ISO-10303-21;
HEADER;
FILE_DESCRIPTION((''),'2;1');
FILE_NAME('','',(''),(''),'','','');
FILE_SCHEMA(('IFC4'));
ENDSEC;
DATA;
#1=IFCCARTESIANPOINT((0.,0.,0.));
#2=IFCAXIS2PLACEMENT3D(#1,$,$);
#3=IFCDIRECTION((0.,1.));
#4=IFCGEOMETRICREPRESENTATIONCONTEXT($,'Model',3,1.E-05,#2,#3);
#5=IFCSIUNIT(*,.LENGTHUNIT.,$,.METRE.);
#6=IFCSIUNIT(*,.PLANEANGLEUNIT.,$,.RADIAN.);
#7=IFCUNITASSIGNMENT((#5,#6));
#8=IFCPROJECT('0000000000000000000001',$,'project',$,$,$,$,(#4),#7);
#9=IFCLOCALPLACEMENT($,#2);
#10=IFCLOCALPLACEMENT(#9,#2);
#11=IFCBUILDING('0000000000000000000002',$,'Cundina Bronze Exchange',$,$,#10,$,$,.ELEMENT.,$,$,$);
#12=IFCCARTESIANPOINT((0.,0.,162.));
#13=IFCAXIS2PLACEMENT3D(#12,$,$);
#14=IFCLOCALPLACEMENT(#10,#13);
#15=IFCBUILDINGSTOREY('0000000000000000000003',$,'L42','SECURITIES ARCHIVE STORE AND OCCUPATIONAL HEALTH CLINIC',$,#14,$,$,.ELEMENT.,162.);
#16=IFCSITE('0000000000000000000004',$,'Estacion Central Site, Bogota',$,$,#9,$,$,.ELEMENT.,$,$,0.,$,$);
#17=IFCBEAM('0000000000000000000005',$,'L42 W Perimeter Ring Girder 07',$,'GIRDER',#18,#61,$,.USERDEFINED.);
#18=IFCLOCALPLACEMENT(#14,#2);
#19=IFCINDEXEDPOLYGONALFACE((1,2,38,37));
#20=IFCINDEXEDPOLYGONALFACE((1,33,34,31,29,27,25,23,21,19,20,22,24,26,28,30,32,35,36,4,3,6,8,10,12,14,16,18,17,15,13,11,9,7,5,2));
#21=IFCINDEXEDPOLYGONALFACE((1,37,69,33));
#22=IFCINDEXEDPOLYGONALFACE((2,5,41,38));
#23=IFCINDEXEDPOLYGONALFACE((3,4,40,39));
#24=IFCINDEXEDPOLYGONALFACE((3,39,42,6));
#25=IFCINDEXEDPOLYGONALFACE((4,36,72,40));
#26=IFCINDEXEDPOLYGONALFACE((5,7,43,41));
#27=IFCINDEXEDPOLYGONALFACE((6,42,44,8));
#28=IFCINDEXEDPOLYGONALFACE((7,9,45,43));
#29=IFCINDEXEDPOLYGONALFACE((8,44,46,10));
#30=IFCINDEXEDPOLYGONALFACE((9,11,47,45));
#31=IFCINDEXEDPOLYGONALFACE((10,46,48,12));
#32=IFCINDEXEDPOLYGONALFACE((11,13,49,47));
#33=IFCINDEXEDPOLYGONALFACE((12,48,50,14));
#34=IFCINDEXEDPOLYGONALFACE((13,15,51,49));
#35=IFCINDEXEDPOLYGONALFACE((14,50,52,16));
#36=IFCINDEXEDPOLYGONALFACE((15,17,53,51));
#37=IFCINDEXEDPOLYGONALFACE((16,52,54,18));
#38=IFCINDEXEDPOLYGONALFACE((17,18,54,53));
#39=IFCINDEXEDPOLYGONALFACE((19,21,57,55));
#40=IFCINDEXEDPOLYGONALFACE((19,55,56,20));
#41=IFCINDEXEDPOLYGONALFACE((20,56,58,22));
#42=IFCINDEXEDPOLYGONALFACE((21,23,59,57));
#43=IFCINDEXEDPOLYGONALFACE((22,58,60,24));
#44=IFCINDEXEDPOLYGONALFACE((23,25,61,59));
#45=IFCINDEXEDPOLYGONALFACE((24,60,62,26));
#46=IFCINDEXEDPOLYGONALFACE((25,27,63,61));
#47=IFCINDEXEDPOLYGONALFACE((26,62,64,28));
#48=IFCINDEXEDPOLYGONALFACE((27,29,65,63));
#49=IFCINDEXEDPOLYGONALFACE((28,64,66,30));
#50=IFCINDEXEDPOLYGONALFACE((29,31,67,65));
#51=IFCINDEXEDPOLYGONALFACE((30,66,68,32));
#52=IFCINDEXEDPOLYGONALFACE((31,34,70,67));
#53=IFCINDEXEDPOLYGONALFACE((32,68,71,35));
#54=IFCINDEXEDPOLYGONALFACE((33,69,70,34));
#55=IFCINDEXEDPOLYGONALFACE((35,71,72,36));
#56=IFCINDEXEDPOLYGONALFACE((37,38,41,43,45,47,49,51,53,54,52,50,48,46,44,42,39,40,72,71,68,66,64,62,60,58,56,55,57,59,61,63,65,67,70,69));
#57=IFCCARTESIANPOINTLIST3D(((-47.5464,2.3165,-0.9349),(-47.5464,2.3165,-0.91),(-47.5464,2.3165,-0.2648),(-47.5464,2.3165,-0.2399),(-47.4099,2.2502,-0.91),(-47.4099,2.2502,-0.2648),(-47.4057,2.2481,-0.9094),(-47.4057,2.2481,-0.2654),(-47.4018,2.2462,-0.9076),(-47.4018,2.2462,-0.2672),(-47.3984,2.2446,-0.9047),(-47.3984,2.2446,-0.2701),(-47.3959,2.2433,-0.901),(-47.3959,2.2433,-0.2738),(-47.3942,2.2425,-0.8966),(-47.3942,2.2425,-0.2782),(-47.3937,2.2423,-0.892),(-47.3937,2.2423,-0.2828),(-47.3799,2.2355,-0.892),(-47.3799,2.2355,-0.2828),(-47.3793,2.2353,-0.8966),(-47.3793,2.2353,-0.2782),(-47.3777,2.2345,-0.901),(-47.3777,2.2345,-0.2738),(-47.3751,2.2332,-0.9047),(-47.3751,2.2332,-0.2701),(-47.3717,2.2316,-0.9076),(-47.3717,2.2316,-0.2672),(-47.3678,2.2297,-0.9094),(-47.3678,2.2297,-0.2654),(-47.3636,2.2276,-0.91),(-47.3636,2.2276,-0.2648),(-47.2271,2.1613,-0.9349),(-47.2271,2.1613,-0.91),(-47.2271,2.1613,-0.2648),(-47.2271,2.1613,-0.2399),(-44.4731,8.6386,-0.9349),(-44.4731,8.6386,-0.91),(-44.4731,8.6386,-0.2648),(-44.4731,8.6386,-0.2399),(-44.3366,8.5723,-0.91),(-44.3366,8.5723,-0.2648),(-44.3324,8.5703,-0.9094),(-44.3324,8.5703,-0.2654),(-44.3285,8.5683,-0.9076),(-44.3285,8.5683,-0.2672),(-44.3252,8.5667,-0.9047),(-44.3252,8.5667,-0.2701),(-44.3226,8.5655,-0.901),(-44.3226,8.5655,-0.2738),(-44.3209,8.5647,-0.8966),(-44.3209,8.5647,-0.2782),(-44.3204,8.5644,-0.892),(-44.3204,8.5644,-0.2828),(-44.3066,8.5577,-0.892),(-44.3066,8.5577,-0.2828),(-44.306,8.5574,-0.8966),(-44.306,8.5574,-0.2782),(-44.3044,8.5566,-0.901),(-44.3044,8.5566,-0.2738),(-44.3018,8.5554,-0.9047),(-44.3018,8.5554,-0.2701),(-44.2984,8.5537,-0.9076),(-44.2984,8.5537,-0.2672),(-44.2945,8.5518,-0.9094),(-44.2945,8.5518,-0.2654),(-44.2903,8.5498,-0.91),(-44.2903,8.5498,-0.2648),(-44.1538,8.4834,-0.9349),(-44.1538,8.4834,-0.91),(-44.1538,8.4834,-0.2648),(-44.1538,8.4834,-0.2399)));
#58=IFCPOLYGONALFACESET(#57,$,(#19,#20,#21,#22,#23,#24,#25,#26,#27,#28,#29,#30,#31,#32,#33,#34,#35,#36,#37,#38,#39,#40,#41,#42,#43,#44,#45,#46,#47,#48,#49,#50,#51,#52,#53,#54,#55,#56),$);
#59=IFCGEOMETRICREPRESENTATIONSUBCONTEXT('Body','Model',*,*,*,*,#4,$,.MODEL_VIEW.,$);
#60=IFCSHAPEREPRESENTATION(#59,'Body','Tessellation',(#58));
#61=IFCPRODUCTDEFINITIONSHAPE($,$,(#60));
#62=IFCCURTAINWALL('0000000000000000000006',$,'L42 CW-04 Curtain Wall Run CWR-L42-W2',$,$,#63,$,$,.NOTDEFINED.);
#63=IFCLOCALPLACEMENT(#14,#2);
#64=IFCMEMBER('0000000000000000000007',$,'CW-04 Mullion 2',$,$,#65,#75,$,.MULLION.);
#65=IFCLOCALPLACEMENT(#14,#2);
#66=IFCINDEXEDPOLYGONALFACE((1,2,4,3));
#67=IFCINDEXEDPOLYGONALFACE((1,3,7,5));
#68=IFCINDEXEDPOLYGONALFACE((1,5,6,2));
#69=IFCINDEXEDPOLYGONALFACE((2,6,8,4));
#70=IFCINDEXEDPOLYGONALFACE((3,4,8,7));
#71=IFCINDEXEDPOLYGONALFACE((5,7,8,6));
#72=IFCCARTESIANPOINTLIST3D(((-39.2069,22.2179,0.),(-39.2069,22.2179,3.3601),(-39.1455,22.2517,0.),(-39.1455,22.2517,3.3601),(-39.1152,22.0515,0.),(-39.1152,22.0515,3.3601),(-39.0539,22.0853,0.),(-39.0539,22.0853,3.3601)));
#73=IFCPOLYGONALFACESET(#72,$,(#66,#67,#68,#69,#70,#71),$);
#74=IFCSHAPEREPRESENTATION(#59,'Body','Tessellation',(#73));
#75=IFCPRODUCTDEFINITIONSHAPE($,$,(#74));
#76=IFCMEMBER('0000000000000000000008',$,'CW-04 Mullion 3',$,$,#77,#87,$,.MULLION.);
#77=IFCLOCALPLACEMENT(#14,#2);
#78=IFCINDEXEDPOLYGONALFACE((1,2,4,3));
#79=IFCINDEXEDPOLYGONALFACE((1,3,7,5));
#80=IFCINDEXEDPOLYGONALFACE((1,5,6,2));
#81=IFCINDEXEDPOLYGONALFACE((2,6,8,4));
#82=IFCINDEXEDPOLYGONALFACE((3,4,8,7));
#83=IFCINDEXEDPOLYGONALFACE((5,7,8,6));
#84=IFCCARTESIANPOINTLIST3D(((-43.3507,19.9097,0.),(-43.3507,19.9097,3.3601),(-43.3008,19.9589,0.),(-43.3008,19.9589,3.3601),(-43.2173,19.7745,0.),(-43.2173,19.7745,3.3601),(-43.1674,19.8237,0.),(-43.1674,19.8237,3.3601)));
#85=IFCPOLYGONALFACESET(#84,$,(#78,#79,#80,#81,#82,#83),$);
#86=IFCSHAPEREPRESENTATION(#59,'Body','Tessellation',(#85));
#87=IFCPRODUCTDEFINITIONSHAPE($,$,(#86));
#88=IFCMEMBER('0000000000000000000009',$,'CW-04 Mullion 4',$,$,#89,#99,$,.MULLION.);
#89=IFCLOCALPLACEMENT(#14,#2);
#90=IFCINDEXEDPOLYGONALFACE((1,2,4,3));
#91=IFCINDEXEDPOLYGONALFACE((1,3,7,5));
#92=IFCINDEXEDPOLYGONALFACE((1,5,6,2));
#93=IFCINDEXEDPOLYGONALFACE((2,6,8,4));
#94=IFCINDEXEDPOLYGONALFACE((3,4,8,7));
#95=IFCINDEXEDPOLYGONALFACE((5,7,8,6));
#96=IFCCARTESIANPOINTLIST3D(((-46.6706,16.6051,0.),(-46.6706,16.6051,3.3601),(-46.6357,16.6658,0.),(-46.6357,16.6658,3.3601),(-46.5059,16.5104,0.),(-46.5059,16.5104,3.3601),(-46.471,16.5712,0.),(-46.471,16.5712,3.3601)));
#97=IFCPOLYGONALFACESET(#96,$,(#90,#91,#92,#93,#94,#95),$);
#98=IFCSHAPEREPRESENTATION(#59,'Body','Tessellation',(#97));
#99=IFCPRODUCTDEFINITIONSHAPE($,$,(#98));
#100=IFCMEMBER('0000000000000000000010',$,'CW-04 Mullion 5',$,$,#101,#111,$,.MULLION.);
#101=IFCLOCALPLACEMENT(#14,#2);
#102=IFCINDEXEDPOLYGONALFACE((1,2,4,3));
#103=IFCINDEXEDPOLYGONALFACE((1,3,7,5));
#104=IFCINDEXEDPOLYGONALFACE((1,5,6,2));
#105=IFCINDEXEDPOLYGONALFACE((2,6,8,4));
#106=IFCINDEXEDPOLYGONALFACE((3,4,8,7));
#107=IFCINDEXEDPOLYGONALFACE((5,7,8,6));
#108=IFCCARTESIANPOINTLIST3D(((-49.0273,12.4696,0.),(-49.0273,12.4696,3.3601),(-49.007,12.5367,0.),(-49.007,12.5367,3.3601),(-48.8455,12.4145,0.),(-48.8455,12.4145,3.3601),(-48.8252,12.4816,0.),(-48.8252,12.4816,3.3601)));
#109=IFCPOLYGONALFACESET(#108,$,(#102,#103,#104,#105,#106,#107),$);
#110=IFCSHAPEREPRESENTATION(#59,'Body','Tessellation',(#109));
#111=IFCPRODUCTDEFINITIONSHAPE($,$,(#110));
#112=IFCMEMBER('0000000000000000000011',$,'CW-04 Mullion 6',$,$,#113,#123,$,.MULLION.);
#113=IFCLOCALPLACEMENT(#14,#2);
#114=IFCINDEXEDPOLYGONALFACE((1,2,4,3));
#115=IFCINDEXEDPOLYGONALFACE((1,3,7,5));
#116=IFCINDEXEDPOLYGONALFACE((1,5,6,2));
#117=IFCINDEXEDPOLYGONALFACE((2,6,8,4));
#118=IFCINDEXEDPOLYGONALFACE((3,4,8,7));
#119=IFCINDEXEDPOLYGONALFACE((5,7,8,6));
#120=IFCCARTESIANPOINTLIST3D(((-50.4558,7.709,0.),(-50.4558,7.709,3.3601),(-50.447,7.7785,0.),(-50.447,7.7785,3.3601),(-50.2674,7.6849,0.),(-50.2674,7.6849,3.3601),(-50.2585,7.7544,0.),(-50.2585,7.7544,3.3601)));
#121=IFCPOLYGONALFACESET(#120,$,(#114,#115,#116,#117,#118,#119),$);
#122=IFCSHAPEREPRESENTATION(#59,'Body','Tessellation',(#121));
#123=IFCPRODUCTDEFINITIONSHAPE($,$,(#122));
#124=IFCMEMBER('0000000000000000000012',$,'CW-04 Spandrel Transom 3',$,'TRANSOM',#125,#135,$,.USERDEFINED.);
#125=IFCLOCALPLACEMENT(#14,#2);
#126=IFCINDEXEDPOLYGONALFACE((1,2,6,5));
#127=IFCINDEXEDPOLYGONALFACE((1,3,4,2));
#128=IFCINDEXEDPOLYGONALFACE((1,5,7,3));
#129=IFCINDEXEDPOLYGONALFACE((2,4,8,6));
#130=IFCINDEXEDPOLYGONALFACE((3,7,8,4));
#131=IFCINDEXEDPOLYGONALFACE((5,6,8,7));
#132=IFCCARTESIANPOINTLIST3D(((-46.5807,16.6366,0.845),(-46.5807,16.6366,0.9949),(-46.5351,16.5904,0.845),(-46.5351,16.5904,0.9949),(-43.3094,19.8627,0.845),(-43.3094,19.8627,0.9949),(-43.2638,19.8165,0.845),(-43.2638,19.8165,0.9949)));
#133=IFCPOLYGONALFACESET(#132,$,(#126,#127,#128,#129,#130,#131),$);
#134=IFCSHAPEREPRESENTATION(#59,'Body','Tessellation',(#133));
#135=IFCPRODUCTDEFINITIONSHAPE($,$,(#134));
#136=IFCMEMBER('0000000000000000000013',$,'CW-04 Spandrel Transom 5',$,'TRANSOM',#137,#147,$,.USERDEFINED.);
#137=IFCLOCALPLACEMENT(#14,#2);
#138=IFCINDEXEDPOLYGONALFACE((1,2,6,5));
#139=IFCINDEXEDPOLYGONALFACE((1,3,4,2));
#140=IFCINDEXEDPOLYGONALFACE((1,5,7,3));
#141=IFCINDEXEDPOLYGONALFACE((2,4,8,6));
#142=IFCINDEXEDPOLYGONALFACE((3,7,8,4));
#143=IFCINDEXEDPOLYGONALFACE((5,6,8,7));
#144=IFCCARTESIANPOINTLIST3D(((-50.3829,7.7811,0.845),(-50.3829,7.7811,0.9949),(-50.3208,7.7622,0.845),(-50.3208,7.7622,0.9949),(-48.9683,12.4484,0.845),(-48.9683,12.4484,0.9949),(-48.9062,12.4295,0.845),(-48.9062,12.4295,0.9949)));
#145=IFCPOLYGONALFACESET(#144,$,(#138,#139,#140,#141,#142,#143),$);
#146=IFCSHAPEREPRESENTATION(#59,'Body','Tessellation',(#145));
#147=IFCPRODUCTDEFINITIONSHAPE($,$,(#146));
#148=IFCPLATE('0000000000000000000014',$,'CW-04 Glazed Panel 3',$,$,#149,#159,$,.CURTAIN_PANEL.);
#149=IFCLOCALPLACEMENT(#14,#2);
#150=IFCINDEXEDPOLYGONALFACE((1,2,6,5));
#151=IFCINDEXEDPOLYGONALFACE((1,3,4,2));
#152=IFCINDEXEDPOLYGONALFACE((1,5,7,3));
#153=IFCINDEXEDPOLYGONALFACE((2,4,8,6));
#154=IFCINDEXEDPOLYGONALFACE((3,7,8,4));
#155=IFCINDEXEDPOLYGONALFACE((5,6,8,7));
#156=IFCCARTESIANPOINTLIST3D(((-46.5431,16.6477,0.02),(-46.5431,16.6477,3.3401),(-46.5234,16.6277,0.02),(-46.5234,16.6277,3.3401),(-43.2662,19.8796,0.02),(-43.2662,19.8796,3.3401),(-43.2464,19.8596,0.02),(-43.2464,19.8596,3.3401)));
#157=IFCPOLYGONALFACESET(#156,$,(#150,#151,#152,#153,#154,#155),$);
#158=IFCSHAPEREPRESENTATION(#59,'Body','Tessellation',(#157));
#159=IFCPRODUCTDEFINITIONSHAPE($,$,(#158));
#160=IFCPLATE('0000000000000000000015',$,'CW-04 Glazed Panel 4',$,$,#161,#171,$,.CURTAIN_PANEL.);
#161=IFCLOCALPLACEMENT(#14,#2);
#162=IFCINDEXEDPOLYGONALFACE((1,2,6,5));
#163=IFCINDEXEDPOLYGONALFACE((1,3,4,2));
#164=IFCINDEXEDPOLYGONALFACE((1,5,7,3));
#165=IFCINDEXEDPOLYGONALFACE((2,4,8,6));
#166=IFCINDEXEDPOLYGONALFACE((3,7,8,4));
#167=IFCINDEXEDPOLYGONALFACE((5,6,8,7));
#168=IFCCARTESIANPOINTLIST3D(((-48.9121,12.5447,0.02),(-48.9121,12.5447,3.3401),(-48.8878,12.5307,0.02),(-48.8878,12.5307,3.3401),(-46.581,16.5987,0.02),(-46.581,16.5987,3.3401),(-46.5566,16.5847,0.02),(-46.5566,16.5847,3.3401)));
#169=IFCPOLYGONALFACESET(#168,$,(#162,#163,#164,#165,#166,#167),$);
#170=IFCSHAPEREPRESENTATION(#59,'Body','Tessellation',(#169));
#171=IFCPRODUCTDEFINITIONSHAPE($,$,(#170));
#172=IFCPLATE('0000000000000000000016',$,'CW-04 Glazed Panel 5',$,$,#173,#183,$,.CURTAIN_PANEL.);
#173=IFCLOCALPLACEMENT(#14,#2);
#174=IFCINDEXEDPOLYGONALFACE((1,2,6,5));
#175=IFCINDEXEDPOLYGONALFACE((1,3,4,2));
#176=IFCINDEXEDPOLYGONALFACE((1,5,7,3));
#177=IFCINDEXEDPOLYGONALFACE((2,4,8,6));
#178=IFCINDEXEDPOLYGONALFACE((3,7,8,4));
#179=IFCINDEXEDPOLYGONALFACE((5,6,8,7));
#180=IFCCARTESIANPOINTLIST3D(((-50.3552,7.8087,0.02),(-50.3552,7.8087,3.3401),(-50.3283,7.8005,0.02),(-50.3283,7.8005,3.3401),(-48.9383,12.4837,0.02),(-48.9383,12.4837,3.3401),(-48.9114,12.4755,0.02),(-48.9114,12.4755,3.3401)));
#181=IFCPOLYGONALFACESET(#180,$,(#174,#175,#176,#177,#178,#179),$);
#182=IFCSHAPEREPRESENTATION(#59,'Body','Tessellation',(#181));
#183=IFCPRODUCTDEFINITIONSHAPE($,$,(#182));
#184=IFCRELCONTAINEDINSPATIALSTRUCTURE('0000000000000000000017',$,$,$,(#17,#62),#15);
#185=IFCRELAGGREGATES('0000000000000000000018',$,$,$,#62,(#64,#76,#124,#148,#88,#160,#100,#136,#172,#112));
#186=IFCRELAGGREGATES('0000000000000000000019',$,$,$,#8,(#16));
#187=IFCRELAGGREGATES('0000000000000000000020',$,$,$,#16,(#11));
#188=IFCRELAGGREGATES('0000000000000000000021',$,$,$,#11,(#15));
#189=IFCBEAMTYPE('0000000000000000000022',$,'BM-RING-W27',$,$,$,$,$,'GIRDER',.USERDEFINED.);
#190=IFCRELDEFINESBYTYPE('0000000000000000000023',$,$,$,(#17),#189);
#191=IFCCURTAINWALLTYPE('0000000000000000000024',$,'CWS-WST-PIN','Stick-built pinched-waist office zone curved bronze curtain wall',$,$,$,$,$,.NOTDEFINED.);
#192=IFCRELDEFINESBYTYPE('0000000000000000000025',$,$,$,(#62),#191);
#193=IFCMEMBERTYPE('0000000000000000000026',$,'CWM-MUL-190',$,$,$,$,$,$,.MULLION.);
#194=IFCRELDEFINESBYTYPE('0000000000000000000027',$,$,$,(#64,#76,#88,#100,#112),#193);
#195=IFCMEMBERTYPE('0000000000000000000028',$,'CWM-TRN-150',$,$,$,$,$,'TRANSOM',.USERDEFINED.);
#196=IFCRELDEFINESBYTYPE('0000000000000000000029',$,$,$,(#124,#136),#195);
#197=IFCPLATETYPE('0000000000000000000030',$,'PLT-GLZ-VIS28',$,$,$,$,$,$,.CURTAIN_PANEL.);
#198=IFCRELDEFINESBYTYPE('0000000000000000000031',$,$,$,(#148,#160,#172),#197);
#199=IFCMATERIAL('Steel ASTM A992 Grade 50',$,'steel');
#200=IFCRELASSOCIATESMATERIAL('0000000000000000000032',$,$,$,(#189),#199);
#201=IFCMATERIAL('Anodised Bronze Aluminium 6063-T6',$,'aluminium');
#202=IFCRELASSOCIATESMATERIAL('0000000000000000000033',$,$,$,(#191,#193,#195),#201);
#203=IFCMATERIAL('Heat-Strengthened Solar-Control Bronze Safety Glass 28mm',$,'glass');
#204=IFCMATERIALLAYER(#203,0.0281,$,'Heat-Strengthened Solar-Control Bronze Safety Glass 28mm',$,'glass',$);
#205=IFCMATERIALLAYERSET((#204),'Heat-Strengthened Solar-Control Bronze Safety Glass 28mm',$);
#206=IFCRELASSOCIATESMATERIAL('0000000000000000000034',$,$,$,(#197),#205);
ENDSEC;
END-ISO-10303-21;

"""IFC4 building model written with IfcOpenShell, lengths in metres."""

from ifc_helpers import new_model, si_unit, direction, frame, origin, origin_2d, place, context, subcontext, project, spatial, rectangle, i_section, extrude, material, layer, layer_set, material_profile, profile_set, type_object, element, aggregate, save


model = new_model("IFC4")

# Units and contexts
model_context = context("Model", 3, precision=1e-05, world=origin(), true_north=direction((0.0, 1.0)))
body_context = subcontext(model_context, "Body", "Model", "MODEL_VIEW")
ifc_project = project(units=[si_unit("LENGTHUNIT", "METRE"), si_unit("PLANEANGLEUNIT", "RADIAN")], contexts=[model_context])

# Site, building, storey
site_placement = place(None, origin())
site = spatial("IfcSite", under=ifc_project, at=site_placement, Name="Estacion Central Site, Bogota", CompositionType="ELEMENT", RefElevation=0.0)
building_placement = place(site_placement, origin())
building = spatial("IfcBuilding", under=site, at=building_placement, Name="Cundina Bronze Exchange", CompositionType="ELEMENT")
storey_placement = place(building_placement, frame((0.0, 0.0, 162.0)))
storey = spatial("IfcBuildingStorey", under=building, at=storey_placement, Name="L42", Description="SECURITIES ARCHIVE STORE AND OCCUPATIONAL HEALTH CLINIC", CompositionType="ELEMENT", Elevation=162.0)

# Beam
ifc_material_1 = material(Name="Steel ASTM A992 Grade 50", Category="steel")
ifc_material_profile_1 = material_profile(ifc_material_1, i_section(OverallWidth=0.355, OverallDepth=0.6951, WebThickness=0.0154, FlangeThickness=0.0249, FilletRadius=0.0181, at=origin_2d()), Name="W27X146", Category="steel")
ifc_profile_set_1 = profile_set([ifc_material_profile_1], Name="Steel ASTM A992 Grade 50")
beam_type_1 = type_object("IfcBeamType", Name="BM-RING-W27", ElementType="GIRDER", PredefinedType="USERDEFINED", material=ifc_profile_set_1)
for number, where, z_axis, x_axis, name in (
    (1, (-44.3135, 8.561, -0.5874), (-0.437197, -0.899366, 0.0), (0.899366, -0.437197, 0.0), "L42 W Perimeter Ring Girder 07"),
):
    element("IfcBeam", number, at=place(storey_placement, frame(where, z_axis=z_axis, x_axis=x_axis)), inside=storey, type_object=beam_type_1, Name=name, ObjectType="GIRDER", PredefinedType="USERDEFINED", context=body_context, shape_type="SweptSolid", body=[
        extrude(i_section(OverallWidth=0.355, OverallDepth=0.6951, WebThickness=0.0154, FlangeThickness=0.0249, FilletRadius=0.0181, at=origin_2d()), origin(), (0.0, 0.0, 1.0), 7.0295),
    ])

# Curtain wall, members, plates
ifc_material_2 = material(Name="Anodised Bronze Aluminium 6063-T6", Category="aluminium")
curtain_wall_type = type_object("IfcCurtainWallType", Name="CWS-WST-PIN", Description="Stick-built pinched-waist office zone curved bronze curtain wall", PredefinedType="NOTDEFINED", material=ifc_material_2)
curtain_wall_placement = place(storey_placement, origin())
curtain_wall = element("IfcCurtainWall", 2, at=curtain_wall_placement, inside=storey, type_object=curtain_wall_type, Name="L42 CW-04 Curtain Wall Run CWR-L42-W2", PredefinedType="NOTDEFINED")
ifc_material_profile_2 = material_profile(ifc_material_2, rectangle(XDim=0.0701, YDim=0.1899, at=origin_2d()), Name="AL70X190", Category="aluminium")
ifc_profile_set_2 = profile_set([ifc_material_profile_2], Name="Anodised Bronze Aluminium 6063-T6")
member_type_1 = type_object("IfcMemberType", Name="CWM-MUL-190", PredefinedType="MULLION", material=ifc_profile_set_2)
member_1_placement = place(storey_placement, frame((-39.1304, 22.1516, 0.0), z_axis=(0.0, 0.0, 1.0), x_axis=(-0.875886, -0.482518, 0.0)))
member_1 = element("IfcMember", 3, at=member_1_placement, type_object=member_type_1, Name="CW-04 Mullion 2", PredefinedType="MULLION", context=body_context, shape_type="SweptSolid", body=[
    extrude(rectangle(XDim=0.0701, YDim=0.1899, at=origin_2d()), origin(), (0.0, 0.0, 1.0), 3.3601),
])
member_2_placement = place(storey_placement, frame((-43.259, 19.8667, 0.0), z_axis=(0.0, 0.0, 1.0), x_axis=(-0.712026, -0.702153, 0.0)))
member_2 = element("IfcMember", 4, at=member_2_placement, type_object=member_type_1, Name="CW-04 Mullion 3", PredefinedType="MULLION", context=body_context, shape_type="SweptSolid", body=[
    extrude(rectangle(XDim=0.0701, YDim=0.1899, at=origin_2d()), origin(), (0.0, 0.0, 1.0), 3.3601),
])
member_3_placement = place(storey_placement, frame((-46.5708, 16.5881, 0.0), z_axis=(0.0, 0.0, 1.0), x_axis=(-0.498488, -0.866897, 0.0)))
member_3 = element("IfcMember", 5, at=member_3_placement, type_object=member_type_1, Name="CW-04 Mullion 4", PredefinedType="MULLION", context=body_context, shape_type="SweptSolid", body=[
    extrude(rectangle(XDim=0.0701, YDim=0.1899, at=origin_2d()), origin(), (0.0, 0.0, 1.0), 3.3601),
])
member_4_placement = place(storey_placement, frame((-48.9263, 12.4756, 0.0), z_axis=(0.0, 0.0, 1.0), x_axis=(-0.290034, -0.957016, 0.0)))
member_4 = element("IfcMember", 6, at=member_4_placement, type_object=member_type_1, Name="CW-04 Mullion 5", PredefinedType="MULLION", context=body_context, shape_type="SweptSolid", body=[
    extrude(rectangle(XDim=0.0701, YDim=0.1899, at=origin_2d()), origin(), (0.0, 0.0, 1.0), 3.3601),
])
member_5_placement = place(storey_placement, frame((-50.3572, 7.7317, 0.0), z_axis=(0.0, 0.0, 1.0), x_axis=(-0.126545, -0.991961, 0.0)))
member_5 = element("IfcMember", 7, at=member_5_placement, type_object=member_type_1, Name="CW-04 Mullion 6", PredefinedType="MULLION", context=body_context, shape_type="SweptSolid", body=[
    extrude(rectangle(XDim=0.0701, YDim=0.1899, at=origin_2d()), origin(), (0.0, 0.0, 1.0), 3.3601),
])
ifc_material_profile_3 = material_profile(ifc_material_2, rectangle(XDim=0.0649, YDim=0.1499, at=origin_2d()), Name="AL65X150", Category="aluminium")
ifc_profile_set_3 = profile_set([ifc_material_profile_3], Name="Anodised Bronze Aluminium 6063-T6")
member_type_2 = type_object("IfcMemberType", Name="CWM-TRN-150", ElementType="TRANSOM", PredefinedType="USERDEFINED", material=ifc_profile_set_3)
member_6_placement = place(storey_placement, frame((-43.2866, 19.8396, 0.9199), z_axis=(-0.712005, -0.702174, 0.0), x_axis=(0.702174, -0.712005, 0.0)))
member_6 = element("IfcMember", 8, at=member_6_placement, type_object=member_type_2, Name="CW-04 Spandrel Transom 3", ObjectType="TRANSOM", PredefinedType="USERDEFINED", context=body_context, shape_type="SweptSolid", body=[
    extrude(rectangle(XDim=0.0649, YDim=0.1499, at=origin_2d()), origin(), (0.0, 0.0, 1.0), 4.5945),
])
member_7_placement = place(storey_placement, frame((-48.9373, 12.439, 0.9199), z_axis=(-0.290052, -0.957011, 0.0), x_axis=(0.957011, -0.290052, 0.0)))
member_7 = element("IfcMember", 9, at=member_7_placement, type_object=member_type_2, Name="CW-04 Spandrel Transom 5", ObjectType="TRANSOM", PredefinedType="USERDEFINED", context=body_context, shape_type="SweptSolid", body=[
    extrude(rectangle(XDim=0.0649, YDim=0.1499, at=origin_2d()), origin(), (0.0, 0.0, 1.0), 4.877),
])
ifc_material_3 = material(Name="Heat-Strengthened Solar-Control Bronze Safety Glass 28mm", Category="glass")
ifc_layer_1 = layer(ifc_material_3, 0.0281, Name="Heat-Strengthened Solar-Control Bronze Safety Glass 28mm", Category="glass")
ifc_layer_set_1 = layer_set([ifc_layer_1], Name="Heat-Strengthened Solar-Control Bronze Safety Glass 28mm")
plate_type_1 = type_object("IfcPlateType", Name="PLT-GLZ-VIS28", PredefinedType="CURTAIN_PANEL", material=ifc_layer_set_1)
plate_1_placement = place(storey_placement, frame((-44.8948, 18.2537, 0.02), z_axis=(0.0, 0.0, 1.0), x_axis=(-0.711989, -0.70219, 0.0)))
plate_1 = element("IfcPlate", 10, at=plate_1_placement, type_object=plate_type_1, Name="CW-04 Glazed Panel 3", PredefinedType="CURTAIN_PANEL", context=body_context, shape_type="SweptSolid", body=[
    extrude(rectangle(XDim=4.6025, YDim=0.0281, at=origin_2d()), origin(), (0.0, 0.0, 1.0), 3.3201),
])
plate_2_placement = place(storey_placement, frame((-47.7344, 14.5647, 0.02), z_axis=(0.0, 0.0, 1.0), x_axis=(-0.498488, -0.866897, 0.0)))
plate_2 = element("IfcPlate", 11, at=plate_2_placement, type_object=plate_type_1, Name="CW-04 Glazed Panel 4", PredefinedType="CURTAIN_PANEL", context=body_context, shape_type="SweptSolid", body=[
    extrude(rectangle(XDim=4.6765, YDim=0.0281, at=origin_2d()), origin(), (0.0, 0.0, 1.0), 3.3201),
])
plate_3_placement = place(storey_placement, frame((-49.6333, 10.1421, 0.02), z_axis=(0.0, 0.0, 1.0), x_axis=(-0.290051, -0.957011, 0.0)))
plate_3 = element("IfcPlate", 12, at=plate_3_placement, type_object=plate_type_1, Name="CW-04 Glazed Panel 5", PredefinedType="CURTAIN_PANEL", context=body_context, shape_type="SweptSolid", body=[
    extrude(rectangle(XDim=4.885, YDim=0.0281, at=origin_2d()), origin(), (0.0, 0.0, 1.0), 3.3201),
])
aggregate(curtain_wall, [member_1, member_2, member_6, plate_1, member_3, plate_2, member_4, member_7, plate_3, member_5])

save(model, "model.ifc")
